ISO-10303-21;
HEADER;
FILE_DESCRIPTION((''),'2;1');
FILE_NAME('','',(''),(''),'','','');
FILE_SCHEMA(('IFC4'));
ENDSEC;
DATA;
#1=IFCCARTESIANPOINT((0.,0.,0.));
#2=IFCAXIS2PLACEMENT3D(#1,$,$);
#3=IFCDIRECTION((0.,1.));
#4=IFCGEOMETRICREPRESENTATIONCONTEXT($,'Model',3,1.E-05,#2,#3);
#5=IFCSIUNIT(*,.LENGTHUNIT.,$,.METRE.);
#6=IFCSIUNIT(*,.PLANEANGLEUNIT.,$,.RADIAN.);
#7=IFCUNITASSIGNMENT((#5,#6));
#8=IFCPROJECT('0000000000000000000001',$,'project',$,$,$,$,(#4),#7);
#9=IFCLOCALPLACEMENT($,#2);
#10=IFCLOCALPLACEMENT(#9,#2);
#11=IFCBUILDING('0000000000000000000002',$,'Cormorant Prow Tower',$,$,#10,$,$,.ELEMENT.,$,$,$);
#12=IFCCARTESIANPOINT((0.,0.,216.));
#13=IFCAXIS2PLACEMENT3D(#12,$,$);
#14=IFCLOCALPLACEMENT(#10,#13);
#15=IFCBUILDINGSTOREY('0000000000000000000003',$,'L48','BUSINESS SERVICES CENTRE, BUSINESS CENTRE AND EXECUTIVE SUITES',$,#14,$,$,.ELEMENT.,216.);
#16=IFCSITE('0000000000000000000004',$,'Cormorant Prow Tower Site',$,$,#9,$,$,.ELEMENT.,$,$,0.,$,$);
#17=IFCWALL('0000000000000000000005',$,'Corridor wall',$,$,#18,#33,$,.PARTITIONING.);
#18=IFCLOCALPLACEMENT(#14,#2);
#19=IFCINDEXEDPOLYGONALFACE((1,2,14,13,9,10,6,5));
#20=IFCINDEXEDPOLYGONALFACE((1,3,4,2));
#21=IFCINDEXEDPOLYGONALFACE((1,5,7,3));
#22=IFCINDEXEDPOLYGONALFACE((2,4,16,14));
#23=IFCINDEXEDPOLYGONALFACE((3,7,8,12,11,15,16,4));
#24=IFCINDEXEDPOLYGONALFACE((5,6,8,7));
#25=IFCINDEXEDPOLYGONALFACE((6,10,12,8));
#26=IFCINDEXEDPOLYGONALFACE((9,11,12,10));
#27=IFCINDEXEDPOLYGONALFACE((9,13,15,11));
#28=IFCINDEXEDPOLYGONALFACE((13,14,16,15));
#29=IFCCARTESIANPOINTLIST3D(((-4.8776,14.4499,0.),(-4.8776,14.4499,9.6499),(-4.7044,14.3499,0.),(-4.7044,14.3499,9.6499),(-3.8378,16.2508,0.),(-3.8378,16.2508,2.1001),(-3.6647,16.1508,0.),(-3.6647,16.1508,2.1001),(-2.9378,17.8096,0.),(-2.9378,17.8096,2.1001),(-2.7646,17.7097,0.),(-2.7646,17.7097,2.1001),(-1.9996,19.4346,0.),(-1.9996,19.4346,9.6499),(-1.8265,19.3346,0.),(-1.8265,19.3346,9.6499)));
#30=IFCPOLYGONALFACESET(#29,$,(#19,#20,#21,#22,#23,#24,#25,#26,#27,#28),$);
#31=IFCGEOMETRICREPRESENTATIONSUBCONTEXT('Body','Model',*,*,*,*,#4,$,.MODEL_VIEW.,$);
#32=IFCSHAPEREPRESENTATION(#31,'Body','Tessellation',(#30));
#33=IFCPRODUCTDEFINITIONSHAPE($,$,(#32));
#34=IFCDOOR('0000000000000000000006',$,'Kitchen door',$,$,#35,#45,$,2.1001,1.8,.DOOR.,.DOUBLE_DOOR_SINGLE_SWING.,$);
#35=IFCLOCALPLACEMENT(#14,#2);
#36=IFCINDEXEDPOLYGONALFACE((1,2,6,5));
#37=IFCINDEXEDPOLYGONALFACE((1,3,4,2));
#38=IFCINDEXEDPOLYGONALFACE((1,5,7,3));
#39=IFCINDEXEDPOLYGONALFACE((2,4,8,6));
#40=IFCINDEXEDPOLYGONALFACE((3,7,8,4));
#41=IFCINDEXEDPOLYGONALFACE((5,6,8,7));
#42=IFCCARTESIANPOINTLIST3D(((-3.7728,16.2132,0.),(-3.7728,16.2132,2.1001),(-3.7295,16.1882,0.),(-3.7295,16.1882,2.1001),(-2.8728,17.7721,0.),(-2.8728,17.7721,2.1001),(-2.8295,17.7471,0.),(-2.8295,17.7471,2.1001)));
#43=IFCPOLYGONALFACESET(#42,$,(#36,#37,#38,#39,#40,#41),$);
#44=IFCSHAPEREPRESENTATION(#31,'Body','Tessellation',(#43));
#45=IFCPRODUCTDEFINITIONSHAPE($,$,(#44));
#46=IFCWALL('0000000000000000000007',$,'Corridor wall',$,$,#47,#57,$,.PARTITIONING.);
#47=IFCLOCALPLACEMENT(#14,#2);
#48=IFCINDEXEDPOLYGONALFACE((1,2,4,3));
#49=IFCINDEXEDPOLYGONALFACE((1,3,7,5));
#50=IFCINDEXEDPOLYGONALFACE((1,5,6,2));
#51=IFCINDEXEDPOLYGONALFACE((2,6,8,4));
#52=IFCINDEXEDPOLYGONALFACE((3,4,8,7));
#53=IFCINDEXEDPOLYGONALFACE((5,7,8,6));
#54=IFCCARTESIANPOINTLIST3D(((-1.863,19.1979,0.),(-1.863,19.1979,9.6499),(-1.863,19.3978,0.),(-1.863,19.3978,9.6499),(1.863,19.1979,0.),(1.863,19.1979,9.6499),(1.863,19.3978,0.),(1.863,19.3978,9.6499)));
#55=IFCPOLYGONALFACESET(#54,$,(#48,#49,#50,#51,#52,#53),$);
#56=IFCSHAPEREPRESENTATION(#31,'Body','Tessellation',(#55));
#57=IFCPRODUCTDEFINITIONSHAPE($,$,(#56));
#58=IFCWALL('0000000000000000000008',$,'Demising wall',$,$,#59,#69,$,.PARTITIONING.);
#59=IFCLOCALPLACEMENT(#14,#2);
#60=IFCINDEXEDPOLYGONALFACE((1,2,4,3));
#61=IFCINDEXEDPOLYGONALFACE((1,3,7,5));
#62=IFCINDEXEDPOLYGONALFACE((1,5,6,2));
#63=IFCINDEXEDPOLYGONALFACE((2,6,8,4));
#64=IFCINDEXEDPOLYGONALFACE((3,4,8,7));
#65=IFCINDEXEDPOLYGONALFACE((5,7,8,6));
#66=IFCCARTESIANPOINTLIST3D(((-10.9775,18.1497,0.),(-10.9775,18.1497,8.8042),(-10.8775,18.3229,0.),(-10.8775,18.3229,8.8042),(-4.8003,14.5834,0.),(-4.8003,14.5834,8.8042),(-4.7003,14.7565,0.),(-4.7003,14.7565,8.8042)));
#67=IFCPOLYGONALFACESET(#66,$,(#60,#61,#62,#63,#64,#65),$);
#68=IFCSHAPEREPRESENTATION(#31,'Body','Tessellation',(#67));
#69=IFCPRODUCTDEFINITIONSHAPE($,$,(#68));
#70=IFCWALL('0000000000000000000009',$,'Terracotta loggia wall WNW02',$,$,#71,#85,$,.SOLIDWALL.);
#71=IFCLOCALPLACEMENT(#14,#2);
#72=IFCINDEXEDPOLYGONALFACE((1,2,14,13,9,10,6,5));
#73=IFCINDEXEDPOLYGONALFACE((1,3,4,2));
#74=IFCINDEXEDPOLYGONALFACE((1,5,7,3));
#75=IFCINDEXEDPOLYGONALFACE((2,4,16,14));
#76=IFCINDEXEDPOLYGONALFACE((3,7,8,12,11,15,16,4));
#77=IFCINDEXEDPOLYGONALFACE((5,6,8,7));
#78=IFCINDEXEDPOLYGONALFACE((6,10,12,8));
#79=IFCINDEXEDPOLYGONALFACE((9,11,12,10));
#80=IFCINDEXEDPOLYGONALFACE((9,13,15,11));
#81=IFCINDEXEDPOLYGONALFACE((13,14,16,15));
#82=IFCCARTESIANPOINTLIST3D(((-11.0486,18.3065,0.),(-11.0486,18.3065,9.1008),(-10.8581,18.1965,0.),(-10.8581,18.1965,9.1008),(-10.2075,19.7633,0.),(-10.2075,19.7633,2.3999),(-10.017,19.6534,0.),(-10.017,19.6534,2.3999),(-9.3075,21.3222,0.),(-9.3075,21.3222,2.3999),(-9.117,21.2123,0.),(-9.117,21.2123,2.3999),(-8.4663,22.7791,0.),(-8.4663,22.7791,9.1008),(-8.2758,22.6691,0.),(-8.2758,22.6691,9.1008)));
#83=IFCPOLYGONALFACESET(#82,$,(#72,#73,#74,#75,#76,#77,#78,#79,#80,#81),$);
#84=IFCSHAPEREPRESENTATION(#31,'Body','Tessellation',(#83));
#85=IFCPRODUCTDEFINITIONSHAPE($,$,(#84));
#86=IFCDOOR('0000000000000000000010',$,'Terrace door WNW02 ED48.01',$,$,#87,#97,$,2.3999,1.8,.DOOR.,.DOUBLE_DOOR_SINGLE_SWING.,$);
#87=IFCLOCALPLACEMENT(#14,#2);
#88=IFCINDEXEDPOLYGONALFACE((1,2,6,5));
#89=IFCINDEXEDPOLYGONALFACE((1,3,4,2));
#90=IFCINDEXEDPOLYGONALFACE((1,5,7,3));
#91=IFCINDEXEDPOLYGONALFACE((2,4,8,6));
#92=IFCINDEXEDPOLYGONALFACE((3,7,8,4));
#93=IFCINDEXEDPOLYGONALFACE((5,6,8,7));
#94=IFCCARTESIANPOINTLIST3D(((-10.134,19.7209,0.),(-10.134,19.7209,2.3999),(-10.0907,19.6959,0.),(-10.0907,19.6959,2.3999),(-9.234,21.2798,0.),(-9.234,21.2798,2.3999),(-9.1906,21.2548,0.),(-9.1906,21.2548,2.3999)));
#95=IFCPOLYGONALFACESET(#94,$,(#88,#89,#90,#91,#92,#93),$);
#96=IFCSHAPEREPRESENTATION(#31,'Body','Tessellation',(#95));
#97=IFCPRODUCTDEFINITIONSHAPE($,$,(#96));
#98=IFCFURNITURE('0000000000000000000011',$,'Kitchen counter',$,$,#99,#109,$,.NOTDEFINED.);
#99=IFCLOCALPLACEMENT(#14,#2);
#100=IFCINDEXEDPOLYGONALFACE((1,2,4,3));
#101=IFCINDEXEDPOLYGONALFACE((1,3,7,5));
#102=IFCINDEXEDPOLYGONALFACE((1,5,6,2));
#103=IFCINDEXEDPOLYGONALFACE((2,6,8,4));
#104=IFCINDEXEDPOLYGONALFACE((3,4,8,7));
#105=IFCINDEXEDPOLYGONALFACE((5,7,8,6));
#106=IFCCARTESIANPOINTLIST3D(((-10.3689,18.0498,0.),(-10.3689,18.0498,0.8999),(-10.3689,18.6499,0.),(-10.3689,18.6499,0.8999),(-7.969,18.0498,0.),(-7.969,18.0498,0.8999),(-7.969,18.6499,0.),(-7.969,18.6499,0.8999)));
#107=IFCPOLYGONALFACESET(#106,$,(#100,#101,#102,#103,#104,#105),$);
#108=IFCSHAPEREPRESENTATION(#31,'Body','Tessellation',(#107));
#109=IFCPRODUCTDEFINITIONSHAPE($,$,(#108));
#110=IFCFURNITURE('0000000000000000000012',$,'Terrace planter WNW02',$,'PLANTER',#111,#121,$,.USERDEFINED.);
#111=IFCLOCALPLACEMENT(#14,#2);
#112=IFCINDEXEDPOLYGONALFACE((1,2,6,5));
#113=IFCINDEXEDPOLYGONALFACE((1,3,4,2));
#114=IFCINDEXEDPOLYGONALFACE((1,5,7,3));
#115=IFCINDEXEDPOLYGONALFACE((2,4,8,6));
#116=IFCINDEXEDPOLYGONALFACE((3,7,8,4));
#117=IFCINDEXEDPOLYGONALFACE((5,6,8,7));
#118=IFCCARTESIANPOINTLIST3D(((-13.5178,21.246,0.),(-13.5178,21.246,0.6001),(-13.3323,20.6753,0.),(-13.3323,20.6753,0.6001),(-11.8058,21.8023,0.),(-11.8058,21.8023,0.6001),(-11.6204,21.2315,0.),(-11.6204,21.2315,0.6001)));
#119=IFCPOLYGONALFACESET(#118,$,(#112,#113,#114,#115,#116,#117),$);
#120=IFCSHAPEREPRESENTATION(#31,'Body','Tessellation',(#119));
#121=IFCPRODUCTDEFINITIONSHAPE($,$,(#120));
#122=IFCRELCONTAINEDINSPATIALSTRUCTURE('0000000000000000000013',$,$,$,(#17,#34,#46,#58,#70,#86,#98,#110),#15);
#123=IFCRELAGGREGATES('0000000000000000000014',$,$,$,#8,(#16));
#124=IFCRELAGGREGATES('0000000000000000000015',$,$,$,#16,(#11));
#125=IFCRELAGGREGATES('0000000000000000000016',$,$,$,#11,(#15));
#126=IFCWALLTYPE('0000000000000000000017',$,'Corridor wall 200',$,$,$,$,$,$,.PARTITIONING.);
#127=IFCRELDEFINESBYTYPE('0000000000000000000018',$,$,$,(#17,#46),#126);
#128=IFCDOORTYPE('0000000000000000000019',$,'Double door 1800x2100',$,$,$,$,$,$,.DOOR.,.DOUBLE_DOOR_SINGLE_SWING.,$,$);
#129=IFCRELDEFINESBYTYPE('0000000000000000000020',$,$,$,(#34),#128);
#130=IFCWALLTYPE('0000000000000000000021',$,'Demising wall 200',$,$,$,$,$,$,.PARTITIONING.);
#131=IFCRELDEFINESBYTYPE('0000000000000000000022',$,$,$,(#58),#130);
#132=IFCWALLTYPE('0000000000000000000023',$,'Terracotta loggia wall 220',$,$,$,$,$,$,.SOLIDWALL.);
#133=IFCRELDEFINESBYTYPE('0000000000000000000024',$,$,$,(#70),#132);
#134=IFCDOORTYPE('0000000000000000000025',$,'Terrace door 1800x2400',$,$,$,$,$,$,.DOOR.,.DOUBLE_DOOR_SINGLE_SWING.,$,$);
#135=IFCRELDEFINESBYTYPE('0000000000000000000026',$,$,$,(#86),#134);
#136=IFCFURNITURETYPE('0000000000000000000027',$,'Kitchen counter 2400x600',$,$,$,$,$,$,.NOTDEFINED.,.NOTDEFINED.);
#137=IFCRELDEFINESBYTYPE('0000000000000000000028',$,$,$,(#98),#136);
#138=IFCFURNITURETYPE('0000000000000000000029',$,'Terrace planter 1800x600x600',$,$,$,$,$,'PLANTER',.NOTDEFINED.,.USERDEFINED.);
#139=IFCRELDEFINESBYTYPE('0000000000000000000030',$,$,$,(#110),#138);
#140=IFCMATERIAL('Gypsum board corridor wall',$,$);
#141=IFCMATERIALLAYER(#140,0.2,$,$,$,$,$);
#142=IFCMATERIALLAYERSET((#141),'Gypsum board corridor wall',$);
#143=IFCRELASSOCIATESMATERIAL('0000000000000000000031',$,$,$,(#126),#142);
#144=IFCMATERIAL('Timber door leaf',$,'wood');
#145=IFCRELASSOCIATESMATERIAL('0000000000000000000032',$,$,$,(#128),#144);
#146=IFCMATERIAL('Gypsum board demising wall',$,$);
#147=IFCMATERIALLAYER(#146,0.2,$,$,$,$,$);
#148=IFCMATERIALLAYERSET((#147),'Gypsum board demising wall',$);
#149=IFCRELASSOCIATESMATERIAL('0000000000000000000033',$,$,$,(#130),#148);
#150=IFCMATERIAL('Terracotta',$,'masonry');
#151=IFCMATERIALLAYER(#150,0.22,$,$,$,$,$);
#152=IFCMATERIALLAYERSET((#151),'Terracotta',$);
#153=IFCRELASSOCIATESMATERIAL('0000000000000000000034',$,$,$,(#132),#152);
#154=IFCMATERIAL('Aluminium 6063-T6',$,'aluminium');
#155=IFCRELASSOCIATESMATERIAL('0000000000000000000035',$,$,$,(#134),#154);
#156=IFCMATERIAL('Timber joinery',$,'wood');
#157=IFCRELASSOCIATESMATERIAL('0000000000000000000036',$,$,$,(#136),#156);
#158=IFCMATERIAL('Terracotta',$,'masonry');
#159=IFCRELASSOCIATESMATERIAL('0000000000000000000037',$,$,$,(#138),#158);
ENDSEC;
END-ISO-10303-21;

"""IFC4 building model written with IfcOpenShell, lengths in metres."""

from ifc_helpers import new_model, si_unit, direction, frame, frame_2d, origin, origin_2d, place, context, subcontext, project, spatial, rectangle, extrude, material, layer, layer_set, type_object, element, fill, save


model = new_model("IFC4")

# Units and contexts
model_context = context("Model", 3, precision=1e-05, world=origin(), true_north=direction((0.0, 1.0)))
body_context = subcontext(model_context, "Body", "Model", "MODEL_VIEW")
ifc_project = project(units=[si_unit("LENGTHUNIT", "METRE"), si_unit("PLANEANGLEUNIT", "RADIAN")], contexts=[model_context])

# Site, building, storey
site_placement = place(None, origin())
site = spatial("IfcSite", under=ifc_project, at=site_placement, Name="Cormorant Prow Tower Site", CompositionType="ELEMENT", RefElevation=0.0)
building_placement = place(site_placement, origin())
building = spatial("IfcBuilding", under=site, at=building_placement, Name="Cormorant Prow Tower", CompositionType="ELEMENT")
storey_placement = place(building_placement, frame((0.0, 0.0, 216.0)))
storey = spatial("IfcBuildingStorey", under=building, at=storey_placement, Name="L48", Description="BUSINESS SERVICES CENTRE, BUSINESS CENTRE AND EXECUTIVE SUITES", CompositionType="ELEMENT", Elevation=216.0)

# Wall, opening, door
ifc_material_1 = material(Name="Gypsum board corridor wall")
ifc_layer_1 = layer(ifc_material_1, 0.2)
ifc_layer_set_1 = layer_set([ifc_layer_1], Name="Gypsum board corridor wall")
wall_type_1 = type_object("IfcWallType", Name="Corridor wall 200", PredefinedType="PARTITIONING", material=ifc_layer_set_1)
wall_1_placement = place(storey_placement, frame((-4.791, 14.3999, 0.0), z_axis=(0.0, 0.0, 1.0), x_axis=(0.500008, 0.866021, 0.0)))
wall_1 = element("IfcWall", 1, at=wall_1_placement, inside=storey, type_object=wall_type_1, Name="Corridor wall", PredefinedType="PARTITIONING", context=body_context, shape_type="SweptSolid", body=[
    extrude(rectangle(XDim=5.7559, YDim=0.2, at=frame_2d((2.8779, 0.0))), origin(), (0.0, 0.0, 1.0), 9.6499),
])
opening_1_placement = place(wall_1_placement, frame((2.0796, 0.0, 0.0)))
opening_1 = element("IfcOpeningElement", 2, at=opening_1_placement, cuts=wall_1, PredefinedType="OPENING", context=body_context, shape_type="SweptSolid", body=[
    extrude(rectangle(XDim=1.8, YDim=2.1001, at=frame_2d((0.8999, 1.05))), frame((0.0, 0.1099, 0.0), z_axis=(0.0, -1.0, 0.0), x_axis=(1.0, 0.0, 0.0)), (0.0, 0.0, 1.0), 0.22),
])
ifc_material_2 = material(Name="Timber door leaf", Category="wood")
door_type_1 = type_object("IfcDoorType", Name="Double door 1800x2100", OperationType="DOUBLE_DOOR_SINGLE_SWING", PredefinedType="DOOR", material=ifc_material_2)
door_1_placement = place(opening_1_placement, origin())
door_1 = element("IfcDoor", 3, at=door_1_placement, inside=storey, type_object=door_type_1, Name="Kitchen door", OperationType="DOUBLE_DOOR_SINGLE_SWING", OverallHeight=2.1001, OverallWidth=1.8, PredefinedType="DOOR", context=body_context, shape_type="SweptSolid", body=[
    extrude(rectangle(XDim=1.8, YDim=2.1001, at=frame_2d((0.8999, 1.05))), frame((0.0, 0.0249, 0.0), z_axis=(0.0, -1.0, 0.0), x_axis=(1.0, 0.0, 0.0)), (0.0, 0.0, 1.0), 0.05),
])
fill(opening_1, door_1)

# Walls
wall_2_placement = place(storey_placement, frame((-1.863, 19.2979, 0.0), z_axis=(0.0, 0.0, 1.0), x_axis=(1.0, 0.0, 0.0)))
element("IfcWall", 4, at=wall_2_placement, inside=storey, type_object=wall_type_1, Name="Corridor wall", PredefinedType="PARTITIONING", context=body_context, shape_type="SweptSolid", body=[
    extrude(rectangle(XDim=3.7261, YDim=0.2, at=frame_2d((1.863, 0.0))), origin(), (0.0, 0.0, 1.0), 9.6499),
])
ifc_material_3 = material(Name="Gypsum board demising wall")
ifc_layer_2 = layer(ifc_material_3, 0.2)
ifc_layer_set_2 = layer_set([ifc_layer_2], Name="Gypsum board demising wall")
wall_type_2 = type_object("IfcWallType", Name="Demising wall 200", PredefinedType="PARTITIONING", material=ifc_layer_set_2)
wall_3_placement = place(storey_placement, frame((-10.9275, 18.2363, 0.0), z_axis=(0.0, 0.0, 1.0), x_axis=(0.866027, -0.499997, 0.0)))
element("IfcWall", 5, at=wall_3_placement, inside=storey, type_object=wall_type_2, Name="Demising wall", PredefinedType="PARTITIONING", context=body_context, shape_type="SweptSolid", body=[
    extrude(rectangle(XDim=7.1328, YDim=0.2, at=frame_2d((3.5664, 0.0))), origin(), (0.0, 0.0, 1.0), 8.8042),
])

# Wall, opening, door
ifc_material_4 = material(Name="Terracotta", Category="masonry")
ifc_layer_3 = layer(ifc_material_4, 0.22)
ifc_layer_set_3 = layer_set([ifc_layer_3], Name="Terracotta")
wall_type_3 = type_object("IfcWallType", Name="Terracotta loggia wall 220", PredefinedType="SOLIDWALL", material=ifc_layer_set_3)
wall_4_placement = place(storey_placement, frame((-8.3711, 22.7241, 0.0), z_axis=(0.0, 0.0, 1.0), x_axis=(-0.499998, -0.866027, 0.0)))
wall_4 = element("IfcWall", 6, at=wall_4_placement, inside=storey, type_object=wall_type_3, Name="Terracotta loggia wall WNW02", PredefinedType="SOLIDWALL", context=body_context, shape_type="SweptSolid", body=[
    extrude(rectangle(XDim=5.1646, YDim=0.22, at=frame_2d((2.5823, 0.0))), origin(), (0.0, 0.0, 1.0), 9.1008),
])
opening_2_placement = place(wall_4_placement, frame((1.6824, 0.0, 0.0)))
opening_2 = element("IfcOpeningElement", 7, at=opening_2_placement, cuts=wall_4, PredefinedType="OPENING", context=body_context, shape_type="SweptSolid", body=[
    extrude(rectangle(XDim=1.8, YDim=2.3999, at=frame_2d((0.8999, 1.2))), frame((0.0, 0.1199, 0.0), z_axis=(0.0, -1.0, 0.0), x_axis=(1.0, 0.0, 0.0)), (0.0, 0.0, 1.0), 0.24),
])
ifc_material_5 = material(Name="Aluminium 6063-T6", Category="aluminium")
door_type_2 = type_object("IfcDoorType", Name="Terrace door 1800x2400", OperationType="DOUBLE_DOOR_SINGLE_SWING", PredefinedType="DOOR", material=ifc_material_5)
door_2_placement = place(opening_2_placement, origin())
door_2 = element("IfcDoor", 8, at=door_2_placement, inside=storey, type_object=door_type_2, Name="Terrace door WNW02 ED48.01", OperationType="DOUBLE_DOOR_SINGLE_SWING", OverallHeight=2.3999, OverallWidth=1.8, PredefinedType="DOOR", context=body_context, shape_type="SweptSolid", body=[
    extrude(rectangle(XDim=1.8, YDim=2.3999, at=frame_2d((0.8999, 1.2))), frame((0.0, 0.0249, 0.0), z_axis=(0.0, -1.0, 0.0), x_axis=(1.0, 0.0, 0.0)), (0.0, 0.0, 1.0), 0.05),
])
fill(opening_2, door_2)

# Furniture
ifc_material_6 = material(Name="Timber joinery", Category="wood")
furniture_type_1 = type_object("IfcFurnitureType", Name="Kitchen counter 2400x600", AssemblyPlace="NOTDEFINED", PredefinedType="NOTDEFINED", material=ifc_material_6)
furniture_1_placement = place(storey_placement, frame((-9.1689, 18.3499, 0.0), z_axis=(0.0, 0.0, 1.0), x_axis=(1.0, 0.0, 0.0)))
element("IfcFurniture", 9, at=furniture_1_placement, inside=storey, type_object=furniture_type_1, Name="Kitchen counter", PredefinedType="NOTDEFINED", context=body_context, shape_type="SweptSolid", body=[
    extrude(rectangle(XDim=2.3999, YDim=0.6001, at=origin_2d()), origin(), (0.0, 0.0, 1.0), 0.8999),
])
ifc_material_7 = material(Name="Terracotta", Category="masonry")
furniture_type_2 = type_object("IfcFurnitureType", Name="Terrace planter 1800x600x600", ElementType="PLANTER", AssemblyPlace="NOTDEFINED", PredefinedType="USERDEFINED", material=ifc_material_7)
furniture_2_placement = place(storey_placement, frame((-12.5691, 21.2388, 0.0), z_axis=(0.0, 0.0, 1.0), x_axis=(-0.951057, -0.309017, 0.0)))
element("IfcFurniture", 10, at=furniture_2_placement, inside=storey, type_object=furniture_type_2, Name="Terrace planter WNW02", ObjectType="PLANTER", PredefinedType="USERDEFINED", context=body_context, shape_type="SweptSolid", body=[
    extrude(rectangle(XDim=1.8, YDim=0.6001, at=origin_2d()), origin(), (0.0, 0.0, 1.0), 0.6001),
])

save(model, "model.ifc")
